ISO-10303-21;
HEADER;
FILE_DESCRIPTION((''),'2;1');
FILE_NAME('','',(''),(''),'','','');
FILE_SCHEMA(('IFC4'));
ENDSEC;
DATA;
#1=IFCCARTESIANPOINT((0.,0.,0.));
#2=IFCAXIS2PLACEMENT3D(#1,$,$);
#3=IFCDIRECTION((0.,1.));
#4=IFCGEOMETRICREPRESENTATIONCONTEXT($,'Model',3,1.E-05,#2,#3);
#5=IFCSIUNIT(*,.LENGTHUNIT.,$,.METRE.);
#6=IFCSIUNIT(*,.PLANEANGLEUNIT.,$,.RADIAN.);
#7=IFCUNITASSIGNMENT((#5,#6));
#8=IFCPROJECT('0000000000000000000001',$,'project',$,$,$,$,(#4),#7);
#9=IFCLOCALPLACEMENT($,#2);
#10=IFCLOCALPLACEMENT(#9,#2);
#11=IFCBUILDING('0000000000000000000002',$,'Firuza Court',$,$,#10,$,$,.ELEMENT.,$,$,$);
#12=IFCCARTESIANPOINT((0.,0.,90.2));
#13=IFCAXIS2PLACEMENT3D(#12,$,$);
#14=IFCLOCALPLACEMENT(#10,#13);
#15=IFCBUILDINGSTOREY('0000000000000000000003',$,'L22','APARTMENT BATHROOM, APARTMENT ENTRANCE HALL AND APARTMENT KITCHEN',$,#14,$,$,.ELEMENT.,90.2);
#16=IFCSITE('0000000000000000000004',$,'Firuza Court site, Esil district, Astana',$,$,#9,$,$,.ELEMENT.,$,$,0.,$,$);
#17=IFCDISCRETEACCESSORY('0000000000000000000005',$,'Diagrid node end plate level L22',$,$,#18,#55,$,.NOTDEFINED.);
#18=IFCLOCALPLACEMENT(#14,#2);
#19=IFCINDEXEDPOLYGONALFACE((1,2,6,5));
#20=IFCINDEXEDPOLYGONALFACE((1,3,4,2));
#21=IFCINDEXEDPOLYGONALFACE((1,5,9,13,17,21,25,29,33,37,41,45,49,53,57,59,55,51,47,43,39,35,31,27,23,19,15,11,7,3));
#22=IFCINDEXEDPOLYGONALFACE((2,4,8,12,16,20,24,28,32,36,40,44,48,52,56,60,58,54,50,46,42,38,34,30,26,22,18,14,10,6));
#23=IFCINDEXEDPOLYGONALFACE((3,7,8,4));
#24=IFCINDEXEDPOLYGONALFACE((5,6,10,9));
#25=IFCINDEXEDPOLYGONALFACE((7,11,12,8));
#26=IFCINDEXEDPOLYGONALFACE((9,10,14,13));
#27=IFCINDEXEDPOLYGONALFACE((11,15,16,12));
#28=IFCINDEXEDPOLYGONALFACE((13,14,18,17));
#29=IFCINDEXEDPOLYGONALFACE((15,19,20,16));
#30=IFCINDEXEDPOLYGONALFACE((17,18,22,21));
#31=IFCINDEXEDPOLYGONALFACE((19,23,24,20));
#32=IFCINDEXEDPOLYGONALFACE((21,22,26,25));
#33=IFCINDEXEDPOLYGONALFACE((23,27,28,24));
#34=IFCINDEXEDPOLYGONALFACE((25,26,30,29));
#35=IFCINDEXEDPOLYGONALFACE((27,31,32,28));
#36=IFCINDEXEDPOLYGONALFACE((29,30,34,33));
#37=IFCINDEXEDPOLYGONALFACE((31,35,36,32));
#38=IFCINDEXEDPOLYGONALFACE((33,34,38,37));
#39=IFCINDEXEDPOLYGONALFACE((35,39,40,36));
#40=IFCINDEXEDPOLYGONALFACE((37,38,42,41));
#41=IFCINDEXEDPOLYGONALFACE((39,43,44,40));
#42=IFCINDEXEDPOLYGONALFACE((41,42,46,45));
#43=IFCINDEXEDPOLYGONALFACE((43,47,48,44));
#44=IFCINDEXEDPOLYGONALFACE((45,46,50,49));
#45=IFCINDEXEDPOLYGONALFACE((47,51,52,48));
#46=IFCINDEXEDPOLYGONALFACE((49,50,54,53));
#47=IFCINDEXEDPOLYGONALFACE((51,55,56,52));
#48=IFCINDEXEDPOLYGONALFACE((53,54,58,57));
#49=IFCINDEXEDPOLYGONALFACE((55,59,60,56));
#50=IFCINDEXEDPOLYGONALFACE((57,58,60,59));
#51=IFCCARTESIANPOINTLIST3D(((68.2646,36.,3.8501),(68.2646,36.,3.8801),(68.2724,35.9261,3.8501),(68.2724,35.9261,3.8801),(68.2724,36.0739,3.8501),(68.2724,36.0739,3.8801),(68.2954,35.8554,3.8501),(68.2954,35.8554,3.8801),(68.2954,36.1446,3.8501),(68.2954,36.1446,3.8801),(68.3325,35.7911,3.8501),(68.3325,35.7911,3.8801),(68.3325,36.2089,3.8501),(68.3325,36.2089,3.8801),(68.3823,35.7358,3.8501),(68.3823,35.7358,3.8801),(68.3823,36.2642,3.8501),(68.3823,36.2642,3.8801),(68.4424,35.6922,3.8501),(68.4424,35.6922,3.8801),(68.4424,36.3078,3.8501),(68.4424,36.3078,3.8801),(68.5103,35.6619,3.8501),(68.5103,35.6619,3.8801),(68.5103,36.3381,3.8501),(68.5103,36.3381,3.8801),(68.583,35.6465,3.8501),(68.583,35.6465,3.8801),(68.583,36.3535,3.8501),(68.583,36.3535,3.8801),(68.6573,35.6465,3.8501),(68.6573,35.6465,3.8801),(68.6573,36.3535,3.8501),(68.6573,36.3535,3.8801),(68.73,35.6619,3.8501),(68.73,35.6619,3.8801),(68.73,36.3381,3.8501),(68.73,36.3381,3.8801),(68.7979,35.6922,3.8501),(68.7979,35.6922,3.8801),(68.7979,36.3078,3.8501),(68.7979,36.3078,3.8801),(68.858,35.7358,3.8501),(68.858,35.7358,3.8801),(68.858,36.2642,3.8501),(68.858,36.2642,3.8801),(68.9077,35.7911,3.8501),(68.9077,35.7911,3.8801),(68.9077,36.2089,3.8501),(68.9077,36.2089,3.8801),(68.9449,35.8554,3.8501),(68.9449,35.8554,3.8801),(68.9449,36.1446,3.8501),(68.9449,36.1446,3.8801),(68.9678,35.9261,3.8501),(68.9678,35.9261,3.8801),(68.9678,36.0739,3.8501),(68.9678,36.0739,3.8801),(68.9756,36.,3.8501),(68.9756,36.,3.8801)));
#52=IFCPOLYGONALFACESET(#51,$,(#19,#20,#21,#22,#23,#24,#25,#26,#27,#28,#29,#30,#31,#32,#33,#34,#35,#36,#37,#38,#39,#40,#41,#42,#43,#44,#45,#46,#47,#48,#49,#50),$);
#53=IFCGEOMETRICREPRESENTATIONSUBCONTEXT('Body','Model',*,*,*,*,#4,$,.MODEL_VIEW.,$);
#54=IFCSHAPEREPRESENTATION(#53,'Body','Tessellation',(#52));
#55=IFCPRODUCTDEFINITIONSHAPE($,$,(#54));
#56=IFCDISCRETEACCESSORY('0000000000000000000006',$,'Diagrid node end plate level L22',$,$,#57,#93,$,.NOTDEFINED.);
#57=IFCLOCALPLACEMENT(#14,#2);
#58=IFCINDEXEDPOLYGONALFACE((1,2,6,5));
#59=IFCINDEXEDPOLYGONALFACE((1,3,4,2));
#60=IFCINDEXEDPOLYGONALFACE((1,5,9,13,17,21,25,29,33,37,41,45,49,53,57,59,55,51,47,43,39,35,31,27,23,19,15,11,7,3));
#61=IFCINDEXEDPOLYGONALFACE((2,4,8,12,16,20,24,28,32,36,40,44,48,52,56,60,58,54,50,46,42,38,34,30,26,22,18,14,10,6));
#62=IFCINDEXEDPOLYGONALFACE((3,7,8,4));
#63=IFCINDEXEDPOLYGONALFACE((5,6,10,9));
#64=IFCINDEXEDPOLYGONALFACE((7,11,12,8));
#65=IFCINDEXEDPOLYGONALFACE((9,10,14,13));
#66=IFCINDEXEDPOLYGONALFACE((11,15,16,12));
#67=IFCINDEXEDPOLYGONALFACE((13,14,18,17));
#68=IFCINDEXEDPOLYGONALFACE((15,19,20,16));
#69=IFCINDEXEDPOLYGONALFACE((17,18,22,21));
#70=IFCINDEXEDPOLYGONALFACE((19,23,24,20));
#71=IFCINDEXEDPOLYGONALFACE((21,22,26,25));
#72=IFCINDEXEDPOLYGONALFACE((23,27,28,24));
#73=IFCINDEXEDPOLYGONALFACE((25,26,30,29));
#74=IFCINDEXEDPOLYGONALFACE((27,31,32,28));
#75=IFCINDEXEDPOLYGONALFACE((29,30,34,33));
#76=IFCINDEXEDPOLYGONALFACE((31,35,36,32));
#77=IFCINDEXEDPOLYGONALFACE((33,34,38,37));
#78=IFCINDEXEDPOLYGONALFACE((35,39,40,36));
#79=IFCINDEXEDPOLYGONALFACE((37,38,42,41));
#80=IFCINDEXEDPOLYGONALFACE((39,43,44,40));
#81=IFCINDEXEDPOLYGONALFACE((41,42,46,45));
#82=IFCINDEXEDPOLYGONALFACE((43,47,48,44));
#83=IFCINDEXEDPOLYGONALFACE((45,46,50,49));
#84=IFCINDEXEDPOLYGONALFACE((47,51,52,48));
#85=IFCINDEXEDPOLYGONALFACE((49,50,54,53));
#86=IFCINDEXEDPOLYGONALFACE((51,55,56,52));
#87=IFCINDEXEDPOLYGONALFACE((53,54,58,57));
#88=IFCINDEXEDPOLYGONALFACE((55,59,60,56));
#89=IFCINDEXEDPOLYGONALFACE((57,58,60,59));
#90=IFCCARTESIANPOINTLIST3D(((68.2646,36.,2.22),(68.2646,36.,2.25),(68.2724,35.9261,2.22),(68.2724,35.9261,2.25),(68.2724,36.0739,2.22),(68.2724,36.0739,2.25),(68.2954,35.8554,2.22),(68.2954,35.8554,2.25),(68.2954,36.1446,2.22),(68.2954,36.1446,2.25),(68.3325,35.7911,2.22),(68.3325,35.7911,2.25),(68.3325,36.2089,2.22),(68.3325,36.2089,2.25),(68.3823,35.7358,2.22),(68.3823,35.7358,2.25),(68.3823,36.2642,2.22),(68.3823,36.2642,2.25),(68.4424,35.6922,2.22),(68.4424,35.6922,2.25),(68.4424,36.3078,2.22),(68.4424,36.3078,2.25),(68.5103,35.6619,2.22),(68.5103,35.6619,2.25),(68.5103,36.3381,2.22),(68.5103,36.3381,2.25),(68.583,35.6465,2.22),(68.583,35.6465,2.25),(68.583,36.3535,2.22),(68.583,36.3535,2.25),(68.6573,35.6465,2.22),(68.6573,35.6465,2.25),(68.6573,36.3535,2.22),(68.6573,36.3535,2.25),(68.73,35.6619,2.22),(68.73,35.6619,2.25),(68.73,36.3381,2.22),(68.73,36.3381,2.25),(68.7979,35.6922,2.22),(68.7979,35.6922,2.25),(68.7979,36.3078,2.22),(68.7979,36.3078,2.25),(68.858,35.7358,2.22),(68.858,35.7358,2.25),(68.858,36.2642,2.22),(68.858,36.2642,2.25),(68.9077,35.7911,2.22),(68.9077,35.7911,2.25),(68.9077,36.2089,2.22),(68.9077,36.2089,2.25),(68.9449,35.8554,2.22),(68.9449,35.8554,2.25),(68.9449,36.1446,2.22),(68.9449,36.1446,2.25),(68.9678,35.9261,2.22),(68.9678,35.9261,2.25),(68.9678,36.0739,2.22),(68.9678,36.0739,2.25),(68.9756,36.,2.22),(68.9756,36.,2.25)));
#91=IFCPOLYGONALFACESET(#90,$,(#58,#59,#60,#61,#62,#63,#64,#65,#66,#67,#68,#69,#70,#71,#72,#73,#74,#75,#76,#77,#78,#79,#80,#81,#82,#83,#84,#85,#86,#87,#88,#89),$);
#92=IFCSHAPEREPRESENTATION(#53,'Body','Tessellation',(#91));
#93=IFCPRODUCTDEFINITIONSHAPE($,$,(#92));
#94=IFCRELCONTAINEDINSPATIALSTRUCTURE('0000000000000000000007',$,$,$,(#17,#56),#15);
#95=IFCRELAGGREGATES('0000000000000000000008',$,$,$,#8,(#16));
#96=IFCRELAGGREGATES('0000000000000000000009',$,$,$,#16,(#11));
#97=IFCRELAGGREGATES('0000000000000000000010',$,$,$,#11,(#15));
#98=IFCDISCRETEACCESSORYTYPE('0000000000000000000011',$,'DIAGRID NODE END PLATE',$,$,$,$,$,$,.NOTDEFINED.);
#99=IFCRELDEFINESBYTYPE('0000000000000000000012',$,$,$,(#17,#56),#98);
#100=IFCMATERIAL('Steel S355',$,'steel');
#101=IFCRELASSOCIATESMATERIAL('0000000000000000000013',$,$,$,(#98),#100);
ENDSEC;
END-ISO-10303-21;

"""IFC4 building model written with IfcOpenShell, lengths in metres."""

from ifc_helpers import new_model, si_unit, direction, frame, origin, origin_2d, place, context, subcontext, project, spatial, circle, extrude, material, material_profile, profile_set, type_object, element, save


model = new_model("IFC4")

# Units and contexts
model_context = context("Model", 3, precision=1e-05, world=origin(), true_north=direction((0.0, 1.0)))
body_context = subcontext(model_context, "Body", "Model", "MODEL_VIEW")
ifc_project = project(units=[si_unit("LENGTHUNIT", "METRE"), si_unit("PLANEANGLEUNIT", "RADIAN")], contexts=[model_context])

# Site, building, storey
site_placement = place(None, origin())
site = spatial("IfcSite", under=ifc_project, at=site_placement, Name="Firuza Court site, Esil district, Astana", CompositionType="ELEMENT", RefElevation=0.0)
building_placement = place(site_placement, origin())
building = spatial("IfcBuilding", under=site, at=building_placement, Name="Firuza Court", CompositionType="ELEMENT")
storey_placement = place(building_placement, frame((0.0, 0.0, 90.2)))
storey = spatial("IfcBuildingStorey", under=building, at=storey_placement, Name="L22", Description="APARTMENT BATHROOM, APARTMENT ENTRANCE HALL AND APARTMENT KITCHEN", CompositionType="ELEMENT", Elevation=90.2)

# Discrete accessories
ifc_material_1 = material(Name="Steel S355", Category="steel")
ifc_material_profile_1 = material_profile(ifc_material_1, circle(Radius=0.3555, at=origin_2d()), Name="PL D711")
ifc_profile_set_1 = profile_set([ifc_material_profile_1], Name="Steel S355")
discrete_accessory_type = type_object("IfcDiscreteAccessoryType", Name="DIAGRID NODE END PLATE", PredefinedType="NOTDEFINED", material=ifc_profile_set_1)
for number, where, z_axis, x_axis, name in (
    (1, (68.6201, 36.0, 3.8501), (0.0, 0.0, 1.0), (1.0, 0.0, 0.0), "Diagrid node end plate level L22"),
    (2, (68.6201, 36.0, 2.22), (0.0, 0.0, 1.0), (1.0, 0.0, 0.0), "Diagrid node end plate level L22"),
):
    element("IfcDiscreteAccessory", number, at=place(storey_placement, frame(where, z_axis=z_axis, x_axis=x_axis)), inside=storey, type_object=discrete_accessory_type, Name=name, PredefinedType="NOTDEFINED", context=body_context, shape_type="SweptSolid", body=[
        extrude(circle(Radius=0.3555, at=origin_2d()), origin(), (0.0, 0.0, 1.0), 0.03),
    ])

save(model, "model.ifc")
